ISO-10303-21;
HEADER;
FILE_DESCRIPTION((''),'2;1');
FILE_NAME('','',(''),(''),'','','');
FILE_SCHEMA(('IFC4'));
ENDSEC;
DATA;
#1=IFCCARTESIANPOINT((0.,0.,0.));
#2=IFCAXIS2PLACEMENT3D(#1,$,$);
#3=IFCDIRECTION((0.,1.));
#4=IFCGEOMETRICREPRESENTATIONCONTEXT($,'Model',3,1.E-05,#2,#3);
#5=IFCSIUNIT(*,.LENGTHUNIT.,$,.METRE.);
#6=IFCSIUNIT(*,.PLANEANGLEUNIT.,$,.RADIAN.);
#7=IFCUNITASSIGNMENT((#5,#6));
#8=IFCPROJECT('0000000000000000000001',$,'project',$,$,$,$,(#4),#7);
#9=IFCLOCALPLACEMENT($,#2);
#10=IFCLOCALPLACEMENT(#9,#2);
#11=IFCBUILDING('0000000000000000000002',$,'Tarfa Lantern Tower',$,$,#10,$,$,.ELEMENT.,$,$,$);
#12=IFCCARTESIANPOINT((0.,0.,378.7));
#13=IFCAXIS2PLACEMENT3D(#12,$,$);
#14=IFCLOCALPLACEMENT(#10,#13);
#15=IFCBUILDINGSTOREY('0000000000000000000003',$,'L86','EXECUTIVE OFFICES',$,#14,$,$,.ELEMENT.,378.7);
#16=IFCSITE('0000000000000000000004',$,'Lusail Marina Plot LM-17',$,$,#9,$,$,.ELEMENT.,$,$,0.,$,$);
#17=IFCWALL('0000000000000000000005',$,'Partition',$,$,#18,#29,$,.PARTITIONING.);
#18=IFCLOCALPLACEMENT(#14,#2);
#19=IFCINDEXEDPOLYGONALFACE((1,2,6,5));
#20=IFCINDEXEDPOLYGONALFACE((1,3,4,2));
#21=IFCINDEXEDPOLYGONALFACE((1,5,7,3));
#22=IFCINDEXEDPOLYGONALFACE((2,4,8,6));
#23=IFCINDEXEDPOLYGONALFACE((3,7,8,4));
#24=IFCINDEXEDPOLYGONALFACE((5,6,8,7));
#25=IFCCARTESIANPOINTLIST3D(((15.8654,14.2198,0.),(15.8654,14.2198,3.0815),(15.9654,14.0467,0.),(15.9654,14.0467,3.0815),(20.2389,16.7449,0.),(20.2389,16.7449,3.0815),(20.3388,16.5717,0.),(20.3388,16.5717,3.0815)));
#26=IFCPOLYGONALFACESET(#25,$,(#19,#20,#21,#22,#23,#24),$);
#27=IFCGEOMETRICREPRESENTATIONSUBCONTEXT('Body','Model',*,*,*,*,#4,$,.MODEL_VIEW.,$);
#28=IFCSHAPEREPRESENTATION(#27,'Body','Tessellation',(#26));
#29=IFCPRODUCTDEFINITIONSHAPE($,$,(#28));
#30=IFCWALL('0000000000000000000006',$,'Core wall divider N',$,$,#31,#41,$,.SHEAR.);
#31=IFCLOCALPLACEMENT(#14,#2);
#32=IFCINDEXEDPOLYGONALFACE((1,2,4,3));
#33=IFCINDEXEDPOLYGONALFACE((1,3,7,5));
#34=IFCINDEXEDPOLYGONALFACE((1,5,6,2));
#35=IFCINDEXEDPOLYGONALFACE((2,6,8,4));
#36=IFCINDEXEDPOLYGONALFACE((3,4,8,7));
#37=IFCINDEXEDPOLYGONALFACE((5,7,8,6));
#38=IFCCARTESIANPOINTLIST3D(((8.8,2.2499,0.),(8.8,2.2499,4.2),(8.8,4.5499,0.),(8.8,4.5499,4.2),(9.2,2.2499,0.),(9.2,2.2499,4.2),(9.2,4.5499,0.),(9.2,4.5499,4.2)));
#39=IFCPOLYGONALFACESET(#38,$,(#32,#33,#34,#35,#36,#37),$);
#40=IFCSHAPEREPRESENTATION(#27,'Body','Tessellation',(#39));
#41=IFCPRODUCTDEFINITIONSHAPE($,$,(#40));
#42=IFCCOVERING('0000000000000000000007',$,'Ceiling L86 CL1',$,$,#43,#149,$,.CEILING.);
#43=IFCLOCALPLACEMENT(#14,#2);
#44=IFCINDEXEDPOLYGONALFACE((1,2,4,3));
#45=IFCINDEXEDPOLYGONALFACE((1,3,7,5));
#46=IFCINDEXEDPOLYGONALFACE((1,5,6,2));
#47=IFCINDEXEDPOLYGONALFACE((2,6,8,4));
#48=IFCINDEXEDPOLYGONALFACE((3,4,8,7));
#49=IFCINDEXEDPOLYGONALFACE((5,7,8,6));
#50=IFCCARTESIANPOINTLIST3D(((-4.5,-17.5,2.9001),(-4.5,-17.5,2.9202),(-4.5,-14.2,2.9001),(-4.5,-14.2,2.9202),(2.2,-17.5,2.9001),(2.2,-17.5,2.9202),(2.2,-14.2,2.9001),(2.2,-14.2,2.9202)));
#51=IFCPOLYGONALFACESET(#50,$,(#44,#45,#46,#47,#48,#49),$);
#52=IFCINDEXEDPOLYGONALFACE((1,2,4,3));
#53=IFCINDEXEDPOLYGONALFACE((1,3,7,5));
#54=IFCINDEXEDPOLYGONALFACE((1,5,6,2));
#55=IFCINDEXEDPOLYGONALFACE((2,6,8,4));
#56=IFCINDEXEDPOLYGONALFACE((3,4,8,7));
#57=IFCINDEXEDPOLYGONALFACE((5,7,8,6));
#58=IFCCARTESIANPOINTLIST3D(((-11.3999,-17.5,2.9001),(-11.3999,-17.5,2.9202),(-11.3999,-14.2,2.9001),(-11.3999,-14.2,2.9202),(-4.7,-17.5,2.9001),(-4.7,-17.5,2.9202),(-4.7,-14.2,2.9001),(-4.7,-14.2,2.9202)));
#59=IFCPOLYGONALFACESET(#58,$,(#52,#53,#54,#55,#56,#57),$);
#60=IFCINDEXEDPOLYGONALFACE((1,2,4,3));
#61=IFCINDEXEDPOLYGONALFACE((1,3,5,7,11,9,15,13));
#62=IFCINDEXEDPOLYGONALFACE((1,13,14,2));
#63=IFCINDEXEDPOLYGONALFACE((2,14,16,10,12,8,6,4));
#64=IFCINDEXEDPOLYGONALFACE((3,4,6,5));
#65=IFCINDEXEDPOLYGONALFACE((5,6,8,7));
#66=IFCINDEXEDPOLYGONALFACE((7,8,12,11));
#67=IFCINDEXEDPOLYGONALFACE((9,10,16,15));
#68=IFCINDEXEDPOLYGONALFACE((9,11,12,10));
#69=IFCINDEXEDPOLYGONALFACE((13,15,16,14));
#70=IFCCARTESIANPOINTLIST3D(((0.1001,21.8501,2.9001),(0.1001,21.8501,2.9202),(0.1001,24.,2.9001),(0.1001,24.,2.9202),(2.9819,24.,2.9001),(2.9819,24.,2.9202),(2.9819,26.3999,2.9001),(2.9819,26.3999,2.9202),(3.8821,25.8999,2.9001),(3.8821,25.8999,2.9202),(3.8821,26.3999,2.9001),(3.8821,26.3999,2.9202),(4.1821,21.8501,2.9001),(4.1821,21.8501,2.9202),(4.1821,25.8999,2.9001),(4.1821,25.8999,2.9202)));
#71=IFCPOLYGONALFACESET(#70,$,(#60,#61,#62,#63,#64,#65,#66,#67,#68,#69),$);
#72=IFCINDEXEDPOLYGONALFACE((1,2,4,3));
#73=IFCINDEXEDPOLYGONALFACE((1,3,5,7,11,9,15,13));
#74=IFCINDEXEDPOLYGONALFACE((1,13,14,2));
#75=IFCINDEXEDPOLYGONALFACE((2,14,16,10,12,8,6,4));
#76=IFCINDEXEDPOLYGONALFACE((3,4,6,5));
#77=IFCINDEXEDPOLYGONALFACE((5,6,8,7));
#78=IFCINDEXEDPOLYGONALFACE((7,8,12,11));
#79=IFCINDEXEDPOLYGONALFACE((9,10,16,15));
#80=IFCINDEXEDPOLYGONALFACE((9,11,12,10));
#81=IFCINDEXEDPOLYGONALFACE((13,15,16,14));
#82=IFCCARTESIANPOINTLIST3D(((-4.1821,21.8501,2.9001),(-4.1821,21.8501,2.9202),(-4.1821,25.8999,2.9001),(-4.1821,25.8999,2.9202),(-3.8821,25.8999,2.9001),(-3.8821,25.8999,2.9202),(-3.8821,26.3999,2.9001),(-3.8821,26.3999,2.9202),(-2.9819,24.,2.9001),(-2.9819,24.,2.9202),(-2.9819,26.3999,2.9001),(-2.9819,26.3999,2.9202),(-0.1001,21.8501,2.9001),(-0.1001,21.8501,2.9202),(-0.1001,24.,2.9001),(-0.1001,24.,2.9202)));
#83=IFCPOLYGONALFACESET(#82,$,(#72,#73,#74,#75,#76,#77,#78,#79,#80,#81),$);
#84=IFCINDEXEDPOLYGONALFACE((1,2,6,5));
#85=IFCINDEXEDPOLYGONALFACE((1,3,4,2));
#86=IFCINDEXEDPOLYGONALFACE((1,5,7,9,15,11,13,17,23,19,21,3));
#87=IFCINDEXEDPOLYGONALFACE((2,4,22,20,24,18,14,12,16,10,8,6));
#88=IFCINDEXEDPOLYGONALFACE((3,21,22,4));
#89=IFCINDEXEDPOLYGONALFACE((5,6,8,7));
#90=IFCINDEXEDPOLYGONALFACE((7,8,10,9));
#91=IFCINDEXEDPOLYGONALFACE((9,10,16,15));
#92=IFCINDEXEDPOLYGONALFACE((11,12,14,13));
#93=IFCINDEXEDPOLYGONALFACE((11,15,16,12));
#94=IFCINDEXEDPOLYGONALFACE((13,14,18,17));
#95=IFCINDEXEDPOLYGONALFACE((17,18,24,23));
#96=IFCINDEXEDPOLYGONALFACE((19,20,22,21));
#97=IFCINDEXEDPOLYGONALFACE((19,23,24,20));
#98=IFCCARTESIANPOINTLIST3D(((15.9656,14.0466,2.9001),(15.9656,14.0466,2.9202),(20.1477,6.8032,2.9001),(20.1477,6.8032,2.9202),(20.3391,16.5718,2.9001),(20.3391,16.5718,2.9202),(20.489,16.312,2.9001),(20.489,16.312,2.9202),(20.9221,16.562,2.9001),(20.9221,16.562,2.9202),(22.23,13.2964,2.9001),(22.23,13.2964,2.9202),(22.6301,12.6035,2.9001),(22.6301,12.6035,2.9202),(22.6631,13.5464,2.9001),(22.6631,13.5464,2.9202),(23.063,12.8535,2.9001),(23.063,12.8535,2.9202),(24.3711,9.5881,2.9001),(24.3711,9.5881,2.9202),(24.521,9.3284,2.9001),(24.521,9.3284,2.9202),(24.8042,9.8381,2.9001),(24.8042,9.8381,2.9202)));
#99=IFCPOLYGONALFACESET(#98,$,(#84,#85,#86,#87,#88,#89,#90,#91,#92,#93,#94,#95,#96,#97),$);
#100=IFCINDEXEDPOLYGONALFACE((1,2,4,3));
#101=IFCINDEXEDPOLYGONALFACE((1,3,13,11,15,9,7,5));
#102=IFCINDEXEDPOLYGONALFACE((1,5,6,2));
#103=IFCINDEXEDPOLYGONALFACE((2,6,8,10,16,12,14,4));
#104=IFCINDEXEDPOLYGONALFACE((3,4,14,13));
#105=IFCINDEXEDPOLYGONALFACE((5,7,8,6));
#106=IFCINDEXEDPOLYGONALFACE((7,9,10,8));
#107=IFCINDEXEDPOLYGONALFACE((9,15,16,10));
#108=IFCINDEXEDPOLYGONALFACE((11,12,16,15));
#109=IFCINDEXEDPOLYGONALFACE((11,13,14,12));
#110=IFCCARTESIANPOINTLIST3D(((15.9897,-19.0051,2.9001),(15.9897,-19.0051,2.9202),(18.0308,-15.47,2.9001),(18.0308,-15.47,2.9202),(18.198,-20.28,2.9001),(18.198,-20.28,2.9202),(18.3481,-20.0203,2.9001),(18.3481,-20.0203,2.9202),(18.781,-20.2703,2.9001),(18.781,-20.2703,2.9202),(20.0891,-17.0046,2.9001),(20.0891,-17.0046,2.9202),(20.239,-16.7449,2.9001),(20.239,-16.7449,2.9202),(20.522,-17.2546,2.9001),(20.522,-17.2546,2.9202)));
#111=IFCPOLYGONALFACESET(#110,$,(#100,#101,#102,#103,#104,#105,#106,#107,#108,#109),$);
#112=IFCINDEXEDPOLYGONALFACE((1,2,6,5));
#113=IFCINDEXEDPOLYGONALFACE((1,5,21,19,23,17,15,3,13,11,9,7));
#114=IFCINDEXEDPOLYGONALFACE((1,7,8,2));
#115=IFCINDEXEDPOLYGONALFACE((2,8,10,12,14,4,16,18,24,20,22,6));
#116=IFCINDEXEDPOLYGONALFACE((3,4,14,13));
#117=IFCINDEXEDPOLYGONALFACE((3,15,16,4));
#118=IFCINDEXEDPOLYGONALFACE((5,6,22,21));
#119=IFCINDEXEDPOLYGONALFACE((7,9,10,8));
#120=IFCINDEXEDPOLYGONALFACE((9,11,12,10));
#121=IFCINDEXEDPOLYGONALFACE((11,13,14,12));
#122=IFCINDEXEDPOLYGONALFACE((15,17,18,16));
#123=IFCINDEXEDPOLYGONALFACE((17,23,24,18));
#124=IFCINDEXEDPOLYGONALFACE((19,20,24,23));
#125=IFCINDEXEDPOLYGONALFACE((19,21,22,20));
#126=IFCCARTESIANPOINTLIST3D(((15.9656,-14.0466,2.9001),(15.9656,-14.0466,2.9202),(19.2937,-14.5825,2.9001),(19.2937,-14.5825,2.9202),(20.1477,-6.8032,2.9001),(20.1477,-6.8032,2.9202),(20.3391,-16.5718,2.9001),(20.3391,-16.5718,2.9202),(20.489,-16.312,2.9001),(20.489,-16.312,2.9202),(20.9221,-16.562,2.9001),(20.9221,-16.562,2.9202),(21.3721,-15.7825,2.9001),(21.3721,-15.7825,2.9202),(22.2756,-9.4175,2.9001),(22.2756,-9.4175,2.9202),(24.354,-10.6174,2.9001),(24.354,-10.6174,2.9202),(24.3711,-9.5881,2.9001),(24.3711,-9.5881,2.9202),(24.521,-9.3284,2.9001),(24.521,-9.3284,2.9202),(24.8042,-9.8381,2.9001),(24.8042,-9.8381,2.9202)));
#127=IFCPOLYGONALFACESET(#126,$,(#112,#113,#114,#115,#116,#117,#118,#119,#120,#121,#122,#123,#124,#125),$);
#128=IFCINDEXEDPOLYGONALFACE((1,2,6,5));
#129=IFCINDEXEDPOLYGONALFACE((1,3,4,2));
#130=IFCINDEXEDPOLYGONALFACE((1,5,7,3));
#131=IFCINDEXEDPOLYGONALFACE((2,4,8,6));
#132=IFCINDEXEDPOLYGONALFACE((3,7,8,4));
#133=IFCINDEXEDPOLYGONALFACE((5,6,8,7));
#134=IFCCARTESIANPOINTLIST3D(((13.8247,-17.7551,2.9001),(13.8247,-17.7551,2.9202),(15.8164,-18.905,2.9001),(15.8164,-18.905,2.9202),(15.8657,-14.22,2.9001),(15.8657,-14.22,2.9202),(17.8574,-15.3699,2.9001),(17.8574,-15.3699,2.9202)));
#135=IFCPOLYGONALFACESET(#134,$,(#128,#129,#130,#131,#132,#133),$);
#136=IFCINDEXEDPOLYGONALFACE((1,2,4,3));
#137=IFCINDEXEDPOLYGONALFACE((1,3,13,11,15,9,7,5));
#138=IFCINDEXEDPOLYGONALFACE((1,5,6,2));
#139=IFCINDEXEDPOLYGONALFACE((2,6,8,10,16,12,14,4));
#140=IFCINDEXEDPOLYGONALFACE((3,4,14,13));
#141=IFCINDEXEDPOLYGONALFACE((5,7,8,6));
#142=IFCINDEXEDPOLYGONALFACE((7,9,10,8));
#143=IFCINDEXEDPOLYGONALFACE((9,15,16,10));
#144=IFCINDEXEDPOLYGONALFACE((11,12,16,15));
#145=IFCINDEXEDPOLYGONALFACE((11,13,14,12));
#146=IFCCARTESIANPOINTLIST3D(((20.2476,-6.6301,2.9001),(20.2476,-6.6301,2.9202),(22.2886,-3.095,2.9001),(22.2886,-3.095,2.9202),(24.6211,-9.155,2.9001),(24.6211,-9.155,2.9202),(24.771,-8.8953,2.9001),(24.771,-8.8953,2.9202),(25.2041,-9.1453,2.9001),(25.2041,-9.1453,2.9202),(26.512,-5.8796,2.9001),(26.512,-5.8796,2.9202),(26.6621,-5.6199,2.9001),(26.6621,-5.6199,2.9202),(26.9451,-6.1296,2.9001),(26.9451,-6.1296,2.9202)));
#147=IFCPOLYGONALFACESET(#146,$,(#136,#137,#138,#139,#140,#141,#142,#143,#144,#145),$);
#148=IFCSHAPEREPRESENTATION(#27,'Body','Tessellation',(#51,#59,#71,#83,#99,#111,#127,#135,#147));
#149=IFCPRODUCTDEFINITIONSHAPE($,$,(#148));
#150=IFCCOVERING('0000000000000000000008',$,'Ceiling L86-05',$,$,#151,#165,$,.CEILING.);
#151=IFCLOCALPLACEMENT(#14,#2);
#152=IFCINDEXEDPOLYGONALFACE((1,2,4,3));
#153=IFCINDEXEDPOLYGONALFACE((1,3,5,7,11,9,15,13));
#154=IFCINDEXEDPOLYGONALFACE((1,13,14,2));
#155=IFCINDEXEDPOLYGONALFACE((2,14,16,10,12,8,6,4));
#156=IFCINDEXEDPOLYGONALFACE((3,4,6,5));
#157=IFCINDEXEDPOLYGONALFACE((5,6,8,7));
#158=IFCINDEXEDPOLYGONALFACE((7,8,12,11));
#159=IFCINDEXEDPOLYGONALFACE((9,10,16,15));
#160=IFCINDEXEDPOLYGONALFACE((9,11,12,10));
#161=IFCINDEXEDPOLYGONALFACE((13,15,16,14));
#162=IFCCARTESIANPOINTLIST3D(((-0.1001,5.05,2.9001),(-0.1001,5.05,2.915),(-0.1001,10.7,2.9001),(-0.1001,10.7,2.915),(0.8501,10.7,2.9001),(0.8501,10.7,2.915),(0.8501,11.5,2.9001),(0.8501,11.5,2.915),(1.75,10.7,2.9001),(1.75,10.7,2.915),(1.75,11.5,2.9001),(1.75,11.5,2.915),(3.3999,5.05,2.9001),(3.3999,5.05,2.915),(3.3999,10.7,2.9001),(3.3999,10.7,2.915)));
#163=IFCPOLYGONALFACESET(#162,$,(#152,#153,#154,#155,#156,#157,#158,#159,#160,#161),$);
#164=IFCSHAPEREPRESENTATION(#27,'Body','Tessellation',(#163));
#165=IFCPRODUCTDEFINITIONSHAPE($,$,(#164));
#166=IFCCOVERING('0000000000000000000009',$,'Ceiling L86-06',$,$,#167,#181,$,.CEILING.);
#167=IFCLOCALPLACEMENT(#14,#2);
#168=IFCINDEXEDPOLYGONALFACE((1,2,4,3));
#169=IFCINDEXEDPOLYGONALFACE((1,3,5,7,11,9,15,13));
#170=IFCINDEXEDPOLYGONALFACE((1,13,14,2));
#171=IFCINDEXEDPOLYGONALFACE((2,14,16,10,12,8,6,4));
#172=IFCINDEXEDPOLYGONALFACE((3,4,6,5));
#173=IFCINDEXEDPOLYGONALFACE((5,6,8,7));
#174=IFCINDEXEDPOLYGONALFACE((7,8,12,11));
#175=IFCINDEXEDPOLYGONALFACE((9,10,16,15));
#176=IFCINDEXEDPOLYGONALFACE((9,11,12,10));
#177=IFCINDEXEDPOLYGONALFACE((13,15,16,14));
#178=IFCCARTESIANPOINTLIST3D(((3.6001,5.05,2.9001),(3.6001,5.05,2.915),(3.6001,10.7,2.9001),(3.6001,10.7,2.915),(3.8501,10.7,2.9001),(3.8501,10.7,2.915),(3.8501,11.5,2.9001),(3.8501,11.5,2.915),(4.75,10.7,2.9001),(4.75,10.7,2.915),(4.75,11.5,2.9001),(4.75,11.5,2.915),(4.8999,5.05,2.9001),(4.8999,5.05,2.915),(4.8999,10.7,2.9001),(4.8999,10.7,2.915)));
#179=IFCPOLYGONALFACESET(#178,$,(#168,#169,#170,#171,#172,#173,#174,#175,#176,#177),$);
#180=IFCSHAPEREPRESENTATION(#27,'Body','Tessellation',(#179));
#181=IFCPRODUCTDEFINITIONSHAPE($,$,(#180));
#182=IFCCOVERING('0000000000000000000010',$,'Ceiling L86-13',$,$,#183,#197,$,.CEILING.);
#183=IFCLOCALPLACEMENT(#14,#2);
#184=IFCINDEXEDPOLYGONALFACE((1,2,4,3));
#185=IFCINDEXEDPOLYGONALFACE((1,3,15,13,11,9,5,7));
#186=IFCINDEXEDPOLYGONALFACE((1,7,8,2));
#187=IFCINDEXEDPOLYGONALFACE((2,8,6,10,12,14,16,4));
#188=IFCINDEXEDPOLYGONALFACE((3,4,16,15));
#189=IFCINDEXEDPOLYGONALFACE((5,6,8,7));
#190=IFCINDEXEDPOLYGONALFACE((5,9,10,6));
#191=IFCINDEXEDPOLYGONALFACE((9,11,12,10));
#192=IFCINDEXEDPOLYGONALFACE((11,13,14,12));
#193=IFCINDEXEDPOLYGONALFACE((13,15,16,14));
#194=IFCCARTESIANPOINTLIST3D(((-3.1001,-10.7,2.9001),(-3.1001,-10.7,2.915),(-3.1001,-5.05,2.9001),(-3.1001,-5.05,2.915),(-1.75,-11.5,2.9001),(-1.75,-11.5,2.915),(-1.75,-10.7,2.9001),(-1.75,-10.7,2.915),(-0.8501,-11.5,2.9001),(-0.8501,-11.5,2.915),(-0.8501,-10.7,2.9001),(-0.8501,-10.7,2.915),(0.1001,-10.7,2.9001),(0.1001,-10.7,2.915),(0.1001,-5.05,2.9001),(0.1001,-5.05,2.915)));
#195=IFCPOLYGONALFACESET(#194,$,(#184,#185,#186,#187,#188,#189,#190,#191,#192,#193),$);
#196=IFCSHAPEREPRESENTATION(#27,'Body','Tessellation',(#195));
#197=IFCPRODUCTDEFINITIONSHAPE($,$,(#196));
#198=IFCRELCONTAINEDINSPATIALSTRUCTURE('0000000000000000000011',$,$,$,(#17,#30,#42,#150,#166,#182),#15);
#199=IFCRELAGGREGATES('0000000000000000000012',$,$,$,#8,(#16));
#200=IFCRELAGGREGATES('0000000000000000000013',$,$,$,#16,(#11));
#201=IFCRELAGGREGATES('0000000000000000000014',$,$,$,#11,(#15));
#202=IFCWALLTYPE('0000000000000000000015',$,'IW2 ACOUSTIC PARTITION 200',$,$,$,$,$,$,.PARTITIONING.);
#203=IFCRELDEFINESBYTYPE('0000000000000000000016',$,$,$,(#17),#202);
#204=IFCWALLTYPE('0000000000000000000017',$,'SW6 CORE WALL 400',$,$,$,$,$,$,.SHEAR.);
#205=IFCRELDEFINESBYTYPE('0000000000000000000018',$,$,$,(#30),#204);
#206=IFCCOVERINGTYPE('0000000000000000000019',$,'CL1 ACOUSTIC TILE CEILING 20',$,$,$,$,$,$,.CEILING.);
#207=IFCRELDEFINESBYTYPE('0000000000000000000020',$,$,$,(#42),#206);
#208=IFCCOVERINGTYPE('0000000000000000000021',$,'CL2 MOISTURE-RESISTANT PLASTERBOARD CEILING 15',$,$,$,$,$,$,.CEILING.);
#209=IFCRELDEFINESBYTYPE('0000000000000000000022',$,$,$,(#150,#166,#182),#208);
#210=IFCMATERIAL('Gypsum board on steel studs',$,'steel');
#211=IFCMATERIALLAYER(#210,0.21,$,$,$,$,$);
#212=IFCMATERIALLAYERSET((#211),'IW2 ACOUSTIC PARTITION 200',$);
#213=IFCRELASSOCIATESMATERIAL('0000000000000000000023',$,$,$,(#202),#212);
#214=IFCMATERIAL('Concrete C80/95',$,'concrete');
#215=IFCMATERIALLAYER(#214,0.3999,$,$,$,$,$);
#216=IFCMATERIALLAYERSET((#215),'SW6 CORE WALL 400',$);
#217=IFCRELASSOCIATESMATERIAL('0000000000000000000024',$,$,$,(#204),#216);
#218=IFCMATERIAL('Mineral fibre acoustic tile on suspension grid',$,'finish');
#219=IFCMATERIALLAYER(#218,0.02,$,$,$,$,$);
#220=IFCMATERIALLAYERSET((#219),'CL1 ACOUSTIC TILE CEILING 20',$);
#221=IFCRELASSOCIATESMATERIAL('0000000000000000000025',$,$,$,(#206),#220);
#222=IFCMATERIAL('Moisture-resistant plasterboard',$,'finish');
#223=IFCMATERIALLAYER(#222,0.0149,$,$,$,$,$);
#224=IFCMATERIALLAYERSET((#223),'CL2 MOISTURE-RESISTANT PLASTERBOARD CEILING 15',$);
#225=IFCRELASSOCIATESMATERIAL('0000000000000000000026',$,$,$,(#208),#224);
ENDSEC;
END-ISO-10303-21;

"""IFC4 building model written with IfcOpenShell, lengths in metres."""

from ifc_helpers import new_model, si_unit, direction, frame, frame_2d, origin, place, context, subcontext, project, spatial, polyline, rectangle, outline, extrude, material, layer, layer_set, type_object, element, save


model = new_model("IFC4")

# Units and contexts
model_context = context("Model", 3, precision=1e-05, world=origin(), true_north=direction((0.0, 1.0)))
body_context = subcontext(model_context, "Body", "Model", "MODEL_VIEW")
ifc_project = project(units=[si_unit("LENGTHUNIT", "METRE"), si_unit("PLANEANGLEUNIT", "RADIAN")], contexts=[model_context])

# Site, building, storey
site_placement = place(None, origin())
site = spatial("IfcSite", under=ifc_project, at=site_placement, Name="Lusail Marina Plot LM-17", CompositionType="ELEMENT", RefElevation=0.0)
building_placement = place(site_placement, origin())
building = spatial("IfcBuilding", under=site, at=building_placement, Name="Tarfa Lantern Tower", CompositionType="ELEMENT")
storey_placement = place(building_placement, frame((0.0, 0.0, 378.7)))
storey = spatial("IfcBuildingStorey", under=building, at=storey_placement, Name="L86", Description="EXECUTIVE OFFICES", CompositionType="ELEMENT", Elevation=378.7)

# Shared definitions
ifc_material_1 = material(Name="Concrete C80/95", Category="concrete")

# Walls
ifc_material_2 = material(Name="Gypsum board on steel studs", Category="steel")
ifc_layer_1 = layer(ifc_material_2, 0.21)
ifc_layer_set_1 = layer_set([ifc_layer_1], Name="IW2 ACOUSTIC PARTITION 200")
wall_type_1 = type_object("IfcWallType", Name="IW2 ACOUSTIC PARTITION 200", PredefinedType="PARTITIONING", material=ifc_layer_set_1)
wall_1_placement = place(storey_placement, frame((15.9155, 14.1333, 0.0), z_axis=(0.0, 0.0, 1.0), x_axis=(0.866018, 0.500013, 0.0)))
element("IfcWall", 1, at=wall_1_placement, inside=storey, type_object=wall_type_1, Name="Partition", PredefinedType="PARTITIONING", context=body_context, shape_type="SweptSolid", body=[
    extrude(rectangle(XDim=5.05, YDim=0.2, at=frame_2d((2.5249, 0.0))), origin(), (0.0, 0.0, 1.0), 3.0815),
])
ifc_layer_2 = layer(ifc_material_1, 0.3999)
ifc_layer_set_2 = layer_set([ifc_layer_2], Name="SW6 CORE WALL 400")
wall_type_2 = type_object("IfcWallType", Name="SW6 CORE WALL 400", PredefinedType="SHEAR", material=ifc_layer_set_2)
wall_2_placement = place(storey_placement, frame((9.0, 2.25, 0.0), z_axis=(0.0, 0.0, 1.0), x_axis=(0.0, 1.0, 0.0)))
element("IfcWall", 2, at=wall_2_placement, inside=storey, type_object=wall_type_2, Name="Core wall divider N", PredefinedType="SHEAR", context=body_context, shape_type="SweptSolid", body=[
    extrude(rectangle(XDim=2.3, YDim=0.3999, at=frame_2d((1.1499, 0.0))), origin(), (0.0, 0.0, 1.0), 4.2),
])

# Coverings
ifc_material_3 = material(Name="Mineral fibre acoustic tile on suspension grid", Category="finish")
ifc_layer_3 = layer(ifc_material_3, 0.02)
ifc_layer_set_3 = layer_set([ifc_layer_3], Name="CL1 ACOUSTIC TILE CEILING 20")
covering_type_1 = type_object("IfcCoveringType", Name="CL1 ACOUSTIC TILE CEILING 20", PredefinedType="CEILING", material=ifc_layer_set_3)
covering_1_placement = place(storey_placement, frame((0.0, 0.0, 2.9001)))
element("IfcCovering", 3, at=covering_1_placement, inside=storey, type_object=covering_type_1, Name="Ceiling L86 CL1", PredefinedType="CEILING", context=body_context, shape_type="SweptSolid", body=[
    extrude(outline(polyline([(-4.5, -14.2), (2.2, -14.2), (2.2, -17.5), (-4.5, -17.5), (-4.5, -14.2)])), origin(), (0.0, 0.0, 1.0), 0.02),
    extrude(outline(polyline([(-11.3999, -14.2), (-4.7, -14.2), (-4.7, -17.5), (-11.3999, -17.5), (-11.3999, -14.2)])), origin(), (0.0, 0.0, 1.0), 0.02),
    extrude(outline(polyline([(4.1821, 21.8501), (0.1001, 21.8501), (0.1001, 24.0), (2.9819, 24.0), (2.9819, 26.3999), (3.8821, 26.3999), (3.8821, 25.8999), (4.1821, 25.8999), (4.1821, 21.8501)])), origin(), (0.0, 0.0, 1.0), 0.02),
    extrude(outline(polyline([(-2.9819, 24.0), (-0.1001, 24.0), (-0.1001, 21.8501), (-4.1821, 21.8501), (-4.1821, 25.8999), (-3.8821, 25.8999), (-3.8821, 26.3999), (-2.9819, 26.3999), (-2.9819, 24.0)])), origin(), (0.0, 0.0, 1.0), 0.02),
    extrude(outline(polyline([(15.9656, 14.0466), (20.3391, 16.5718), (20.489, 16.312), (20.9221, 16.562), (22.6631, 13.5464), (22.23, 13.2964), (22.6301, 12.6035), (23.063, 12.8535), (24.8042, 9.8381), (24.3711, 9.5881), (24.521, 9.3284), (20.1477, 6.8032), (15.9656, 14.0466)])), origin(), (0.0, 0.0, 1.0), 0.02),
    extrude(outline(polyline([(15.9897, -19.0051), (18.0308, -15.47), (20.239, -16.7449), (20.0891, -17.0046), (20.522, -17.2546), (18.781, -20.2703), (18.3481, -20.0203), (18.198, -20.28), (15.9897, -19.0051)])), origin(), (0.0, 0.0, 1.0), 0.02),
    extrude(outline(polyline([(20.1477, -6.8032), (24.521, -9.3284), (24.3711, -9.5881), (24.8042, -9.8381), (24.354, -10.6174), (22.2756, -9.4175), (19.2937, -14.5825), (21.3721, -15.7825), (20.9221, -16.562), (20.489, -16.312), (20.3391, -16.5718), (15.9656, -14.0466), (20.1477, -6.8032)])), origin(), (0.0, 0.0, 1.0), 0.02),
    extrude(outline(polyline([(15.8657, -14.22), (17.8574, -15.3699), (15.8164, -18.905), (13.8247, -17.7551), (15.8657, -14.22)])), origin(), (0.0, 0.0, 1.0), 0.02),
    extrude(outline(polyline([(22.2886, -3.095), (26.6621, -5.6199), (26.512, -5.8796), (26.9451, -6.1296), (25.2041, -9.1453), (24.771, -8.8953), (24.6211, -9.155), (20.2476, -6.6301), (22.2886, -3.095)])), origin(), (0.0, 0.0, 1.0), 0.02),
])
ifc_material_4 = material(Name="Moisture-resistant plasterboard", Category="finish")
ifc_layer_4 = layer(ifc_material_4, 0.0149)
ifc_layer_set_4 = layer_set([ifc_layer_4], Name="CL2 MOISTURE-RESISTANT PLASTERBOARD CEILING 15")
covering_type_2 = type_object("IfcCoveringType", Name="CL2 MOISTURE-RESISTANT PLASTERBOARD CEILING 15", PredefinedType="CEILING", material=ifc_layer_set_4)
covering_2_placement = place(storey_placement, frame((0.0, 0.0, 2.9001)))
element("IfcCovering", 4, at=covering_2_placement, inside=storey, type_object=covering_type_2, Name="Ceiling L86-05", PredefinedType="CEILING", context=body_context, shape_type="SweptSolid", body=[
    extrude(outline(polyline([(0.8501, 10.7), (-0.1001, 10.7), (-0.1001, 5.05), (3.3999, 5.05), (3.3999, 10.7), (1.75, 10.7), (1.75, 11.5), (0.8501, 11.5), (0.8501, 11.5), (0.8501, 10.7)])), origin(), (0.0, 0.0, 1.0), 0.0149),
])
covering_3_placement = place(storey_placement, frame((0.0, 0.0, 2.9001)))
element("IfcCovering", 5, at=covering_3_placement, inside=storey, type_object=covering_type_2, Name="Ceiling L86-06", PredefinedType="CEILING", context=body_context, shape_type="SweptSolid", body=[
    extrude(outline(polyline([(3.6001, 5.05), (4.8999, 5.05), (4.8999, 10.7), (4.75, 10.7), (4.75, 11.5), (3.8501, 11.5), (3.8501, 10.7), (3.6001, 10.7), (3.6001, 5.05)])), origin(), (0.0, 0.0, 1.0), 0.0149),
])
covering_4_placement = place(storey_placement, frame((0.0, 0.0, 2.9001)))
element("IfcCovering", 6, at=covering_4_placement, inside=storey, type_object=covering_type_2, Name="Ceiling L86-13", PredefinedType="CEILING", context=body_context, shape_type="SweptSolid", body=[
    extrude(outline(polyline([(-0.8501, -10.7), (0.1001, -10.7), (0.1001, -5.05), (-3.1001, -5.05), (-3.1001, -10.7), (-1.75, -10.7), (-1.75, -11.5), (-0.8501, -11.5), (-0.8501, -10.7)])), origin(), (0.0, 0.0, 1.0), 0.0149),
])

save(model, "model.ifc")
